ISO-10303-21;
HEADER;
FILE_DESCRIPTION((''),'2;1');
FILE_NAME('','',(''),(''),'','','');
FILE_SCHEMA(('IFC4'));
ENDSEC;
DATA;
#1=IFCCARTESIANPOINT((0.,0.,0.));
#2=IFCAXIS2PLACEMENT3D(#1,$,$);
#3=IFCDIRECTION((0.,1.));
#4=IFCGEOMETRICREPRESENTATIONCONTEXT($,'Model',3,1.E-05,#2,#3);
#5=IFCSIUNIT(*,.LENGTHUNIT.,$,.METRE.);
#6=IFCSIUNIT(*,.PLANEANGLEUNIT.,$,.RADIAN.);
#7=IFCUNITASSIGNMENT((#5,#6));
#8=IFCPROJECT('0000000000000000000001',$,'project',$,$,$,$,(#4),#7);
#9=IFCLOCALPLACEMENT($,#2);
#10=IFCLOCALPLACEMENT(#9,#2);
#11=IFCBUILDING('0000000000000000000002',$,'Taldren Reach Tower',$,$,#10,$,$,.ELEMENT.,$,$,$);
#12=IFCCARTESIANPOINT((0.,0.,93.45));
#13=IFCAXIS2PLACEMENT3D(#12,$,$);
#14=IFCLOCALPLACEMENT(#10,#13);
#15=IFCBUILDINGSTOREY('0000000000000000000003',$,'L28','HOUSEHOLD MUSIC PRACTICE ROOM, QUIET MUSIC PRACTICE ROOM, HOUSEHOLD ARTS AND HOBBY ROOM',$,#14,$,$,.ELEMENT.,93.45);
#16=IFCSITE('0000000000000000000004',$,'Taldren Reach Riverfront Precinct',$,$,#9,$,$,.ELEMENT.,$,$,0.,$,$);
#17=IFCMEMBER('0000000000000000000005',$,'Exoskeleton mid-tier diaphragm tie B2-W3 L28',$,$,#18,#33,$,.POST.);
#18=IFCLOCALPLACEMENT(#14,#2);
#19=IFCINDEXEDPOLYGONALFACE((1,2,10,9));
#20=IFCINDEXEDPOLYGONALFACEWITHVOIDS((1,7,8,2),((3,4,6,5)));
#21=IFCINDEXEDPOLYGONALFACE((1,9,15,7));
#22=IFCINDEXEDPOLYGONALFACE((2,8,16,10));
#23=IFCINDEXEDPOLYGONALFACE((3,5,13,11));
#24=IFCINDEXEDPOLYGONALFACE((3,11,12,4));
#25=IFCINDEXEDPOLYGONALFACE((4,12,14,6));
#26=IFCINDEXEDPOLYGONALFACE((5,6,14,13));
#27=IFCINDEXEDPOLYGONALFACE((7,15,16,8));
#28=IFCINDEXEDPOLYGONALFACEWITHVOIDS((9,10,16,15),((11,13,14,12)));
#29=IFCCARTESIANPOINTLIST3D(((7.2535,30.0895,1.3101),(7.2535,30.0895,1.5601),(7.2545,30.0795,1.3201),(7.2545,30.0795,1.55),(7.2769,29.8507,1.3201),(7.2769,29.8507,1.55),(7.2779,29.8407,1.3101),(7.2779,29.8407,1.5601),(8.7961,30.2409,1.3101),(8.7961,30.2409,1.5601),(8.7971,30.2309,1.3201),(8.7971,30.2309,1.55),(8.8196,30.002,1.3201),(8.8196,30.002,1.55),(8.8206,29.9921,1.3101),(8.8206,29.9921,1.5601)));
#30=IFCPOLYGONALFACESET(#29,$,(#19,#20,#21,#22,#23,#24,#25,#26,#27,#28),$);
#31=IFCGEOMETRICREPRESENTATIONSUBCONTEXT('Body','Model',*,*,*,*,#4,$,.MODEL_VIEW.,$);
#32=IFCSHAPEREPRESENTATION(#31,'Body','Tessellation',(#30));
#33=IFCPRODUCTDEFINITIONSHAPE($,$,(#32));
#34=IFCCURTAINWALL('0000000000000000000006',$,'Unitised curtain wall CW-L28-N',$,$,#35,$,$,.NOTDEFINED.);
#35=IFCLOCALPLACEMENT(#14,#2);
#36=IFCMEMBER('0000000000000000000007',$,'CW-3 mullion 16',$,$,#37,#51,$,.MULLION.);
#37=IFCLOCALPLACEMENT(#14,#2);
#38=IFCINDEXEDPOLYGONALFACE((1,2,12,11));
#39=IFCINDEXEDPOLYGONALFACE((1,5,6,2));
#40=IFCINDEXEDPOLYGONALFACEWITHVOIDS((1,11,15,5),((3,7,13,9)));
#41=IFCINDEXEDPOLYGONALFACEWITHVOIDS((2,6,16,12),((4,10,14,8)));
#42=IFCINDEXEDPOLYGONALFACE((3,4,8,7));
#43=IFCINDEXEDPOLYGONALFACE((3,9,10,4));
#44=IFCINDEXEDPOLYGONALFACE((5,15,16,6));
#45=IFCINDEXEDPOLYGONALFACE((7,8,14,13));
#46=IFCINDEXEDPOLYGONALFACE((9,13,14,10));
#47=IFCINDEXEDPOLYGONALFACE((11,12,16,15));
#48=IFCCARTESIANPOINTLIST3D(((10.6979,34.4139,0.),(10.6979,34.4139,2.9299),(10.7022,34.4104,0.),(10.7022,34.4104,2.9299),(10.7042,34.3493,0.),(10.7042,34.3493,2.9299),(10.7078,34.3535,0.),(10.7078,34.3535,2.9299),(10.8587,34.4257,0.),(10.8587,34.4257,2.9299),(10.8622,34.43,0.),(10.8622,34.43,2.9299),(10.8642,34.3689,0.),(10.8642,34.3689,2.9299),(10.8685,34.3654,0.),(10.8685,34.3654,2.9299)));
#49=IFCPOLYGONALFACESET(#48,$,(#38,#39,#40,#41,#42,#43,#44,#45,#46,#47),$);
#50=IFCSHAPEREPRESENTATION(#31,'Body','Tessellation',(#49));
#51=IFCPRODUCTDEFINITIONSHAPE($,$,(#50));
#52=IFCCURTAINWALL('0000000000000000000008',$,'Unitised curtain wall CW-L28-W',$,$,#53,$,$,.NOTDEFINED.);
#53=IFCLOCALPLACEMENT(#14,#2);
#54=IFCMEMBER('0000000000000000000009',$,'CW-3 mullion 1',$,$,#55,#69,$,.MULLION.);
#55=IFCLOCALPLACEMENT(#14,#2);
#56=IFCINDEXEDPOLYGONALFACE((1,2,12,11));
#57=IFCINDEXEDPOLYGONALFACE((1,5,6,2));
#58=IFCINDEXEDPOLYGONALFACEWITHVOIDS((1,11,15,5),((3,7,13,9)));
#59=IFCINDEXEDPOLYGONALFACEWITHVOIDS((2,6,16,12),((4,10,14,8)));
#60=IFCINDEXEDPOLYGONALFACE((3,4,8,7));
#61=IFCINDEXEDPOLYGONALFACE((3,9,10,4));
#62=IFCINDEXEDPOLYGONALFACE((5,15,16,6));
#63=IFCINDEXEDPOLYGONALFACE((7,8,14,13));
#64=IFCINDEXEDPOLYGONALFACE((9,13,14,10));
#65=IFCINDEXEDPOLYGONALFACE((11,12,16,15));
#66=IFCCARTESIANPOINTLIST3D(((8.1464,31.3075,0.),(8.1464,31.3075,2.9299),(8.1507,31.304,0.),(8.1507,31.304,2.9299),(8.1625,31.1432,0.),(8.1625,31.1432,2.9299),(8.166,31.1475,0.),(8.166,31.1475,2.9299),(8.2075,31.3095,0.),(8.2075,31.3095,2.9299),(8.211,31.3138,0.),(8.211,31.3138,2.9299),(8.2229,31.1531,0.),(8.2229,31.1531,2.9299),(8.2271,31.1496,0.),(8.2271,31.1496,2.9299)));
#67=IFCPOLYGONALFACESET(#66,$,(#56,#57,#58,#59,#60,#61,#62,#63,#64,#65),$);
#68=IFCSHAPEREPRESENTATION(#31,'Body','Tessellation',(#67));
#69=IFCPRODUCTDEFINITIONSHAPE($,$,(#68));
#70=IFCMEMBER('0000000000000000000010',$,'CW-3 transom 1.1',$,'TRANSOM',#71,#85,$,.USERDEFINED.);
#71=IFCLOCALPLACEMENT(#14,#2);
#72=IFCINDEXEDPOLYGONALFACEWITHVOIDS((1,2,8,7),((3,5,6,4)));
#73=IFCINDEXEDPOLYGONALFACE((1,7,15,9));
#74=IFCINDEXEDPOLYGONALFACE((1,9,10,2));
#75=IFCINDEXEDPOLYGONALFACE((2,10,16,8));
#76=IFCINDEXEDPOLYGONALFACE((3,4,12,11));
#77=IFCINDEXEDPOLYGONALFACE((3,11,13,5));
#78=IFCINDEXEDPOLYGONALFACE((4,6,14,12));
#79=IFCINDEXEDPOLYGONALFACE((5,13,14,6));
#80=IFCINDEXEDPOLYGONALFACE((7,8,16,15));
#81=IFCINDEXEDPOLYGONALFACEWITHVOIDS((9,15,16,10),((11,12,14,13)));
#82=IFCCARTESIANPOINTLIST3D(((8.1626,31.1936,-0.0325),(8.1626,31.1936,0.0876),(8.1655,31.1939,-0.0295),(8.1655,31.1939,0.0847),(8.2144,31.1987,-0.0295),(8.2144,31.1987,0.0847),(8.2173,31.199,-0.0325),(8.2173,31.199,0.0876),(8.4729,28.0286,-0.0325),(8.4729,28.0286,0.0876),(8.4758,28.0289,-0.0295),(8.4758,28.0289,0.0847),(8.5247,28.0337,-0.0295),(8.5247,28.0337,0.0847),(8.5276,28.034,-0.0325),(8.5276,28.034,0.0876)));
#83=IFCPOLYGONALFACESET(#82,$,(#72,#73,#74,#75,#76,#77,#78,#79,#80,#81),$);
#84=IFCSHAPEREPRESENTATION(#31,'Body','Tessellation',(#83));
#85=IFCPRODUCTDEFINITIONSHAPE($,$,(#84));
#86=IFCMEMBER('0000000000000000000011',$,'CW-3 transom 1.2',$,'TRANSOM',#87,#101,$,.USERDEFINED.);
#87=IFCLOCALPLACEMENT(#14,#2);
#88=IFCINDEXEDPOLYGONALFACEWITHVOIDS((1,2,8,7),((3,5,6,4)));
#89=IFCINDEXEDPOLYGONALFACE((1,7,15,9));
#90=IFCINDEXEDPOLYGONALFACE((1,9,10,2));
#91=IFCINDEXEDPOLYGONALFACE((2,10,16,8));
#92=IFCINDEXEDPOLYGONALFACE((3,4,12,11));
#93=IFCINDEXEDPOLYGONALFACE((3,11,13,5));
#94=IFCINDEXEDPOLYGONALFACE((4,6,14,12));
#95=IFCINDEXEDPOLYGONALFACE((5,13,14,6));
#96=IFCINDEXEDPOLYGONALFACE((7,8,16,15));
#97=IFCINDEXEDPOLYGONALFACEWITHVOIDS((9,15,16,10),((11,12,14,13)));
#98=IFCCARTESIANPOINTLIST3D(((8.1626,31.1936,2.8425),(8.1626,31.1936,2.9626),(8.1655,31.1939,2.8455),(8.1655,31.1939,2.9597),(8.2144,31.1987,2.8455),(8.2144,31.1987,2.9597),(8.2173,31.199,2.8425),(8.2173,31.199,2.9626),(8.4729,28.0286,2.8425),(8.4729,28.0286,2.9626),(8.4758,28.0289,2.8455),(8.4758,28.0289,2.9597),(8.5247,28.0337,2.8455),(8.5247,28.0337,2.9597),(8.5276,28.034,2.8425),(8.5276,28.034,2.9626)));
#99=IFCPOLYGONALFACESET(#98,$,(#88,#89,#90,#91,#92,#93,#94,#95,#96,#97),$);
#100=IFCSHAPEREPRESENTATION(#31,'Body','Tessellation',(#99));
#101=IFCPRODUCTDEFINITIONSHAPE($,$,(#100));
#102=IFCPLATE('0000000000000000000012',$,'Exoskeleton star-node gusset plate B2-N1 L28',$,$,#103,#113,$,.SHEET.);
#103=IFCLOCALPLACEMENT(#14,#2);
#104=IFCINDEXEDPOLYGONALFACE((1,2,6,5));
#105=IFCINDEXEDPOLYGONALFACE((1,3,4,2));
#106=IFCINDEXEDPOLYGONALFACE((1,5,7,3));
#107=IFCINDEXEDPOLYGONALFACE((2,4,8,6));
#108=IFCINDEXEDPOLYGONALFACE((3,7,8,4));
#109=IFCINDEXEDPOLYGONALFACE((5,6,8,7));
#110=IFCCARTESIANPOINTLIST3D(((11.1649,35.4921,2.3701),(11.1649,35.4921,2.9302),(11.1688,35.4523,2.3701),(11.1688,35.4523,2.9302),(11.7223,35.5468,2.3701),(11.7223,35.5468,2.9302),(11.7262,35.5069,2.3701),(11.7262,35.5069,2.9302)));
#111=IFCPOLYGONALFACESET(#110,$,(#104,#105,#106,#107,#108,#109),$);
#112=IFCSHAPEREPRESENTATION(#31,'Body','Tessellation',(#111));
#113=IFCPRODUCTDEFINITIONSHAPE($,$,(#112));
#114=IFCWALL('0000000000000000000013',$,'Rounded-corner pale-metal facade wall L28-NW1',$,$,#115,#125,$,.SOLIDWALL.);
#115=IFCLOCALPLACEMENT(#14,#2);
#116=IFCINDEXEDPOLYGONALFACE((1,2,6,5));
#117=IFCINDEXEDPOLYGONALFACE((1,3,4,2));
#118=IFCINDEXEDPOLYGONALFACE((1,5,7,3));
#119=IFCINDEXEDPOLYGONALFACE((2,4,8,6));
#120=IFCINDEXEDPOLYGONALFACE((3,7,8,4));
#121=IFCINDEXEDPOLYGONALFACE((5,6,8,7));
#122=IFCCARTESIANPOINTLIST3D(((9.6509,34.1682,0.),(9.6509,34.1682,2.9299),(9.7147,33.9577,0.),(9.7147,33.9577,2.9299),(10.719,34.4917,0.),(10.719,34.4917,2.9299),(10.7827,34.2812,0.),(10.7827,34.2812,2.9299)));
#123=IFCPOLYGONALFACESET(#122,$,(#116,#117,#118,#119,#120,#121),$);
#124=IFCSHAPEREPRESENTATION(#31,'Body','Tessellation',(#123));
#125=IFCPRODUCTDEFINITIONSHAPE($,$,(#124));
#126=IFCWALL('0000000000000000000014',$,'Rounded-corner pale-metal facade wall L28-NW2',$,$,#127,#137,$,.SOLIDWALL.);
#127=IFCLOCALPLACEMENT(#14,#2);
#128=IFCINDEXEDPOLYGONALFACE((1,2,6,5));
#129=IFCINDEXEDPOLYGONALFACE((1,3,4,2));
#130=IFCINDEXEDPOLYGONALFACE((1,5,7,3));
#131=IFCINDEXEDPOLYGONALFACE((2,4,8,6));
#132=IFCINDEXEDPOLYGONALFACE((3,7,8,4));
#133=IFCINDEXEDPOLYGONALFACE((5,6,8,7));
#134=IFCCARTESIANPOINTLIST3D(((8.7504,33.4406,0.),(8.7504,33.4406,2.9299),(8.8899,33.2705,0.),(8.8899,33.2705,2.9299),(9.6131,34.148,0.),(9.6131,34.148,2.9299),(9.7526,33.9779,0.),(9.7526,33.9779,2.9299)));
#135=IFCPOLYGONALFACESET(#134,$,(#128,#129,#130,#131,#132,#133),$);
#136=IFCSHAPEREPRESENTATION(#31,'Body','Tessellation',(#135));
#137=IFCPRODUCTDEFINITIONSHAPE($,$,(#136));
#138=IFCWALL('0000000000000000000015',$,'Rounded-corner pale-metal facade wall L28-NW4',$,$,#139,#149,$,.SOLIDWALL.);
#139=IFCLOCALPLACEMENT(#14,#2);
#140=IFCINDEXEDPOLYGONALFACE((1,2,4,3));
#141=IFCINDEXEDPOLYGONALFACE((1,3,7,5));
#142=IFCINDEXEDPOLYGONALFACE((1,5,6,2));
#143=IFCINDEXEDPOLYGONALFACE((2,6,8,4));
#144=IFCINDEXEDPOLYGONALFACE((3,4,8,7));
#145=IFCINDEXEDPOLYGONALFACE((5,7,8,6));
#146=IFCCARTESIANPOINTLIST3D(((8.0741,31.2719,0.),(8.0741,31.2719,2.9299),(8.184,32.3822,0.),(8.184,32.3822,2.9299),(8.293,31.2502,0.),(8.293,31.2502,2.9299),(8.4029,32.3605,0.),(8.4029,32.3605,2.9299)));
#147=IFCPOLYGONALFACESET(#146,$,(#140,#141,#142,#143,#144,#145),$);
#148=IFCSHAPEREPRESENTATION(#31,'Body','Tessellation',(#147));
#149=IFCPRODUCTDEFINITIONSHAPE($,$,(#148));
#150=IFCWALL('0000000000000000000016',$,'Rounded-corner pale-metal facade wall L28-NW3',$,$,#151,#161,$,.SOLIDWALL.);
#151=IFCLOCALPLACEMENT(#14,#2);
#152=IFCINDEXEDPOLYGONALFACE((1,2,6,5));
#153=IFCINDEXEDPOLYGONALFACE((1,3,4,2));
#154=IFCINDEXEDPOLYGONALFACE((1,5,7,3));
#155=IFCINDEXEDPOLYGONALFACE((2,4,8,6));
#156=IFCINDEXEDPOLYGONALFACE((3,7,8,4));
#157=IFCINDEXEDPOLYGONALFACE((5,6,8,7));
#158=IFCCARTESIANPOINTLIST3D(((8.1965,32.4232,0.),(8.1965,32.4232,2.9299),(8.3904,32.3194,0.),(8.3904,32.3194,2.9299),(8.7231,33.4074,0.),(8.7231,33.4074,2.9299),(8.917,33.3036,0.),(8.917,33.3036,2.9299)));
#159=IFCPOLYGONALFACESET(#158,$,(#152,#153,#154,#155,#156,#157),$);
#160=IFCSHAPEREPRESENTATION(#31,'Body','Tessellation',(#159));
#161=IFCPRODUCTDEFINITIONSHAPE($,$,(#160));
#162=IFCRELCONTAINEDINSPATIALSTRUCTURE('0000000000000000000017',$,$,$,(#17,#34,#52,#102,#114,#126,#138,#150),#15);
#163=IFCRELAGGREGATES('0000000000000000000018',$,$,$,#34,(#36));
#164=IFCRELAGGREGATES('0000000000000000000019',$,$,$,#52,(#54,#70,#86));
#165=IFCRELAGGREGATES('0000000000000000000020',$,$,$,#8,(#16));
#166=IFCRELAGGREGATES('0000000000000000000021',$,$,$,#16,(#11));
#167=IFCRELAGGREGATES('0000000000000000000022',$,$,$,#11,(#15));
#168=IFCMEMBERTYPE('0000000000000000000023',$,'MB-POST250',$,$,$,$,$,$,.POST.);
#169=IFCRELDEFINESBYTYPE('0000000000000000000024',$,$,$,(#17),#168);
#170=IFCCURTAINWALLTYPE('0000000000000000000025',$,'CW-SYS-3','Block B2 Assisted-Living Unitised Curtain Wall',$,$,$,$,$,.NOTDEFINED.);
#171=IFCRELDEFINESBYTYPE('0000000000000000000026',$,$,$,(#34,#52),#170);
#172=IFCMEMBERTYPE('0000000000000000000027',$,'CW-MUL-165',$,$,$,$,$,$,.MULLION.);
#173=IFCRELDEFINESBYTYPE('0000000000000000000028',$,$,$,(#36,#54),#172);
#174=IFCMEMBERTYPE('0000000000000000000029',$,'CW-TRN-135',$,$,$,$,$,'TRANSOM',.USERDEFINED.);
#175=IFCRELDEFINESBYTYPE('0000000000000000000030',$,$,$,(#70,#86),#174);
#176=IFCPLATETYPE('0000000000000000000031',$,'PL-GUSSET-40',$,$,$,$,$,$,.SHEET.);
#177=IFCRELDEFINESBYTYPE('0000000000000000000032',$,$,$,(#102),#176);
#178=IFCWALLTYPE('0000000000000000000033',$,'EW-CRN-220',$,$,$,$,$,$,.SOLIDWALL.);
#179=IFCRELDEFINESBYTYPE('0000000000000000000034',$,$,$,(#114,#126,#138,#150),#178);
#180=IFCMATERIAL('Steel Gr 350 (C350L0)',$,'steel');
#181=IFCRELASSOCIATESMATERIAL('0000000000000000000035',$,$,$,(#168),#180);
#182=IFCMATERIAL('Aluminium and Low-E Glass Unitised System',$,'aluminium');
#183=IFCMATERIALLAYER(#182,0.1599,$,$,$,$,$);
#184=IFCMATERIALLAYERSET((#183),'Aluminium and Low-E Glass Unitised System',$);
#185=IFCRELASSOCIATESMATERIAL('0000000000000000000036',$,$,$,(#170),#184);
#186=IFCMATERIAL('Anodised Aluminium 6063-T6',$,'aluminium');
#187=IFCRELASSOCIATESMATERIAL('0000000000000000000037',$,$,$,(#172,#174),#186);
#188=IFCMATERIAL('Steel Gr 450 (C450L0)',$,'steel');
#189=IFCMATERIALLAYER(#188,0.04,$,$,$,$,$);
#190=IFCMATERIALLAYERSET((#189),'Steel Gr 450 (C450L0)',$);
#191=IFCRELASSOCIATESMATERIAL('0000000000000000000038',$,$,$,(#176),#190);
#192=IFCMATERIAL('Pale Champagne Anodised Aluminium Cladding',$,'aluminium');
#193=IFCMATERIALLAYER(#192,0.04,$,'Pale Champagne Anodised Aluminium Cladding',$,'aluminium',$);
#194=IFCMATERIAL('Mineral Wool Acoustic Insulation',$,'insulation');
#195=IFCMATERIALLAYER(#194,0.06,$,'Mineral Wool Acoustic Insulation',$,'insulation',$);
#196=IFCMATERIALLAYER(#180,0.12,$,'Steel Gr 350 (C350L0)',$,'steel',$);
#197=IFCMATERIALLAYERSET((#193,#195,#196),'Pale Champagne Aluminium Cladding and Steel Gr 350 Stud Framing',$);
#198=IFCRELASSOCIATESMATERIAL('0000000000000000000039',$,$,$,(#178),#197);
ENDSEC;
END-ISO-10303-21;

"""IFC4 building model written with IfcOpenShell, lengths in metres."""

from ifc_helpers import new_model, si_unit, direction, frame, frame_2d, origin, origin_2d, place, context, subcontext, project, spatial, rectangle, hollow_rectangle, extrude, source, transform, mapped, material, layer, layer_set, material_profile, profile_set, type_object, element, aggregate, save


model = new_model("IFC4")

# Units and contexts
model_context = context("Model", 3, precision=1e-05, world=origin(), true_north=direction((0.0, 1.0)))
body_context = subcontext(model_context, "Body", "Model", "MODEL_VIEW")
ifc_project = project(units=[si_unit("LENGTHUNIT", "METRE"), si_unit("PLANEANGLEUNIT", "RADIAN")], contexts=[model_context])

# Site, building, storey
site_placement = place(None, origin())
site = spatial("IfcSite", under=ifc_project, at=site_placement, Name="Taldren Reach Riverfront Precinct", CompositionType="ELEMENT", RefElevation=0.0)
building_placement = place(site_placement, origin())
building = spatial("IfcBuilding", under=site, at=building_placement, Name="Taldren Reach Tower", CompositionType="ELEMENT")
storey_placement = place(building_placement, frame((0.0, 0.0, 93.45)))
storey = spatial("IfcBuildingStorey", under=building, at=storey_placement, Name="L28", Description="HOUSEHOLD MUSIC PRACTICE ROOM, QUIET MUSIC PRACTICE ROOM, HOUSEHOLD ARTS AND HOBBY ROOM", CompositionType="ELEMENT", Elevation=93.45)

# Member
ifc_material_1 = material(Name="Steel Gr 450 (C450L0)", Category="steel")
ifc_material_2 = material(Name="Steel Gr 350 (C350L0)", Category="steel")
ifc_material_profile_1 = material_profile(ifc_material_2, hollow_rectangle(XDim=0.25, YDim=0.25, WallThickness=0.01, at=origin_2d()), Name="250x250x10.0SHS")
ifc_profile_set_1 = profile_set([ifc_material_profile_1], Name="Steel Gr 350 (C350L0)")
member_type_1 = type_object("IfcMemberType", Name="MB-POST250", PredefinedType="POST", material=ifc_profile_set_1)
shared_shape_1 = source(origin(), body_context, "Body", "SweptSolid", [
    extrude(hollow_rectangle(XDim=0.25, YDim=0.25, WallThickness=0.01, at=origin_2d()), origin(), (0.0, 0.0, 1.0), 1.55),
])
for number, where, z_axis, x_axis, name in (
    (1, (8.8083, 30.1165, 1.4351), (-0.995221, -0.097648, 0.0), (0.097648, -0.995221, 0.0), "Exoskeleton mid-tier diaphragm tie B2-W3 L28"),
):
    element("IfcMember", number, at=place(storey_placement, frame(where, z_axis=z_axis, x_axis=x_axis)), inside=storey, type_object=member_type_1, Name=name, PredefinedType="POST", context=body_context, shape_type="MappedRepresentation", body=[
        mapped(shared_shape_1, transform((0.0, 0.0, 0.0), scale=1.0)),
    ])

# Curtain wall, member
ifc_material_3 = material(Name="Aluminium and Low-E Glass Unitised System", Category="aluminium")
ifc_layer_1 = layer(ifc_material_3, 0.1599)
ifc_layer_set_1 = layer_set([ifc_layer_1], Name="Aluminium and Low-E Glass Unitised System")
curtain_wall_type = type_object("IfcCurtainWallType", Name="CW-SYS-3", Description="Block B2 Assisted-Living Unitised Curtain Wall", PredefinedType="NOTDEFINED", material=ifc_layer_set_1)
curtain_wall_1_placement = place(storey_placement, origin())
curtain_wall_1 = element("IfcCurtainWall", 2, at=curtain_wall_1_placement, inside=storey, type_object=curtain_wall_type, Name="Unitised curtain wall CW-L28-N", PredefinedType="NOTDEFINED")
ifc_material_4 = material(Name="Anodised Aluminium 6063-T6", Category="aluminium")
ifc_material_profile_2 = material_profile(ifc_material_4, hollow_rectangle(XDim=0.0649, YDim=0.165, WallThickness=0.0039, at=origin_2d()), Name="ALU-165x65x4RHS")
ifc_profile_set_2 = profile_set([ifc_material_profile_2], Name="Anodised Aluminium 6063-T6")
member_type_2 = type_object("IfcMemberType", Name="CW-MUL-165", PredefinedType="MULLION", material=ifc_profile_set_2)
shared_shape_2 = source(origin(), body_context, "Body", "SweptSolid", [
    extrude(hollow_rectangle(XDim=0.0649, YDim=0.165, WallThickness=0.0039, at=origin_2d()), origin(), (0.0, 0.0, 1.0), 2.9299),
])
member_1_placement = place(storey_placement, frame((10.7832, 34.3896, 0.0), z_axis=(0.0, 0.0, 1.0), x_axis=(0.097583, -0.995227, 0.0)))
member_1 = element("IfcMember", 3, at=member_1_placement, type_object=member_type_2, Name="CW-3 mullion 16", PredefinedType="MULLION", context=body_context, shape_type="MappedRepresentation", body=[
    mapped(shared_shape_2, transform((0.0, 0.0, 0.0), scale=1.0)),
])
aggregate(curtain_wall_1, [member_1])

# Curtain wall, members
curtain_wall_2_placement = place(storey_placement, origin())
curtain_wall_2 = element("IfcCurtainWall", 4, at=curtain_wall_2_placement, inside=storey, type_object=curtain_wall_type, Name="Unitised curtain wall CW-L28-W", PredefinedType="NOTDEFINED")
member_2_placement = place(storey_placement, frame((8.1868, 31.2285, 0.0), z_axis=(0.0, 0.0, 1.0), x_axis=(0.995227, 0.097583, 0.0)))
member_2 = element("IfcMember", 5, at=member_2_placement, type_object=member_type_2, Name="CW-3 mullion 1", PredefinedType="MULLION", context=body_context, shape_type="MappedRepresentation", body=[
    mapped(shared_shape_2, transform((0.0, 0.0, 0.0), scale=1.0)),
])
ifc_material_profile_3 = material_profile(ifc_material_4, hollow_rectangle(XDim=0.0549, YDim=0.1201, WallThickness=0.0029, at=origin_2d()), Name="ALU-120x55x3RHS")
ifc_profile_set_3 = profile_set([ifc_material_profile_3], Name="Anodised Aluminium 6063-T6")
member_type_3 = type_object("IfcMemberType", Name="CW-TRN-135", ElementType="TRANSOM", PredefinedType="USERDEFINED", material=ifc_profile_set_3)
shared_shape_3 = source(origin(), body_context, "Body", "SweptSolid", [
    extrude(hollow_rectangle(XDim=0.0549, YDim=0.1201, WallThickness=0.0029, at=origin_2d()), origin(), (0.0, 0.0, 1.0), 3.1802),
])
member_3_placement = place(storey_placement, frame((8.1899, 31.1963, 0.0276), z_axis=(0.097573, -0.995228, 0.0), x_axis=(0.995228, 0.097573, 0.0)))
member_3 = element("IfcMember", 6, at=member_3_placement, type_object=member_type_3, Name="CW-3 transom 1.1", ObjectType="TRANSOM", PredefinedType="USERDEFINED", context=body_context, shape_type="MappedRepresentation", body=[
    mapped(shared_shape_3, transform((0.0, 0.0, 0.0), scale=1.0)),
])
member_4_placement = place(storey_placement, frame((8.1899, 31.1963, 2.9026), z_axis=(0.097573, -0.995228, 0.0), x_axis=(0.995228, 0.097573, 0.0)))
member_4 = element("IfcMember", 7, at=member_4_placement, type_object=member_type_3, Name="CW-3 transom 1.2", ObjectType="TRANSOM", PredefinedType="USERDEFINED", context=body_context, shape_type="MappedRepresentation", body=[
    mapped(shared_shape_3, transform((0.0, 0.0, 0.0), scale=1.0)),
])
aggregate(curtain_wall_2, [member_2, member_3, member_4])

# Plate
ifc_layer_2 = layer(ifc_material_1, 0.04)
ifc_layer_set_2 = layer_set([ifc_layer_2], Name="Steel Gr 450 (C450L0)")
plate_type = type_object("IfcPlateType", Name="PL-GUSSET-40", PredefinedType="SHEET", material=ifc_layer_set_2)
shared_shape_4 = source(origin(), body_context, "Body", "SweptSolid", [
    extrude(rectangle(XDim=0.5601, YDim=0.04, at=origin_2d()), origin(), (0.0, 0.0, 1.0), 0.5601),
])
plate_placement = place(storey_placement, frame((11.4456, 35.4995, 2.3701), z_axis=(0.0, 0.0, 1.0), x_axis=(0.995227, 0.097583, 0.0)))
element("IfcPlate", 8, at=plate_placement, inside=storey, type_object=plate_type, Name="Exoskeleton star-node gusset plate B2-N1 L28", PredefinedType="SHEET", context=body_context, shape_type="MappedRepresentation", body=[
    mapped(shared_shape_4, transform((0.0, 0.0, 0.0), scale=1.0)),
])

# Walls
ifc_material_5 = material(Name="Pale Champagne Anodised Aluminium Cladding", Category="aluminium")
ifc_layer_3 = layer(ifc_material_5, 0.04, Name="Pale Champagne Anodised Aluminium Cladding", Category="aluminium")
ifc_material_6 = material(Name="Mineral Wool Acoustic Insulation", Category="insulation")
ifc_layer_4 = layer(ifc_material_6, 0.06, Name="Mineral Wool Acoustic Insulation", Category="insulation")
ifc_layer_5 = layer(ifc_material_2, 0.12, Name="Steel Gr 350 (C350L0)", Category="steel")
ifc_layer_set_3 = layer_set([ifc_layer_3, ifc_layer_4, ifc_layer_5], Name="Pale Champagne Aluminium Cladding and Steel Gr 350 Stud Framing")
wall_type_1 = type_object("IfcWallType", Name="EW-CRN-220", PredefinedType="SOLIDWALL", material=ifc_layer_set_3)
shared_shape_5 = source(origin(), body_context, "Body", "SweptSolid", [
    extrude(rectangle(XDim=1.116, YDim=0.22, at=frame_2d((0.5581, 0.0))), origin(), (0.0, 0.0, 1.0), 2.9299),
])
wall_1_placement = place(storey_placement, frame((10.751, 34.3865, 0.0), z_axis=(0.0, 0.0, 1.0), x_axis=(-0.95707, -0.289856, 0.0)))
element("IfcWall", 9, at=wall_1_placement, inside=storey, type_object=wall_type_1, Name="Rounded-corner pale-metal facade wall L28-NW1", PredefinedType="SOLIDWALL", context=body_context, shape_type="MappedRepresentation", body=[
    mapped(shared_shape_5, transform((0.0, 0.0, 0.0), scale=1.0)),
])
shared_shape_6 = source(origin(), body_context, "Body", "SweptSolid", [
    extrude(rectangle(XDim=1.1157, YDim=0.22, at=frame_2d((0.5579, 0.0))), origin(), (0.0, 0.0, 1.0), 2.9299),
])
for number, where, z_axis, x_axis, name in (
    (10, (9.6829, 34.063, 0.0), (0.0, 0.0, 1.0), (-0.773255, -0.634095, 0.0), "Rounded-corner pale-metal facade wall L28-NW2"),
    (11, (8.2935, 32.3713, 0.0), (0.0, 0.0, 1.0), (-0.098464, -0.995141, 0.0), "Rounded-corner pale-metal facade wall L28-NW4"),
):
    element("IfcWall", number, at=place(storey_placement, frame(where, z_axis=z_axis, x_axis=x_axis)), inside=storey, type_object=wall_type_1, Name=name, PredefinedType="SOLIDWALL", context=body_context, shape_type="MappedRepresentation", body=[
        mapped(shared_shape_6, transform((0.0, 0.0, 0.0), scale=1.0)),
    ])
shared_shape_7 = source(origin(), body_context, "Body", "SweptSolid", [
    extrude(rectangle(XDim=1.1162, YDim=0.22, at=frame_2d((0.5581, 0.0))), origin(), (0.0, 0.0, 1.0), 2.9299),
])
wall_2_placement = place(storey_placement, frame((8.8201, 33.3555, 0.0), z_axis=(0.0, 0.0, 1.0), x_axis=(-0.471803, -0.881704, 0.0)))
element("IfcWall", 12, at=wall_2_placement, inside=storey, type_object=wall_type_1, Name="Rounded-corner pale-metal facade wall L28-NW3", PredefinedType="SOLIDWALL", context=body_context, shape_type="MappedRepresentation", body=[
    mapped(shared_shape_7, transform((0.0, 0.0, 0.0), scale=1.0)),
])

save(model, "model.ifc")
